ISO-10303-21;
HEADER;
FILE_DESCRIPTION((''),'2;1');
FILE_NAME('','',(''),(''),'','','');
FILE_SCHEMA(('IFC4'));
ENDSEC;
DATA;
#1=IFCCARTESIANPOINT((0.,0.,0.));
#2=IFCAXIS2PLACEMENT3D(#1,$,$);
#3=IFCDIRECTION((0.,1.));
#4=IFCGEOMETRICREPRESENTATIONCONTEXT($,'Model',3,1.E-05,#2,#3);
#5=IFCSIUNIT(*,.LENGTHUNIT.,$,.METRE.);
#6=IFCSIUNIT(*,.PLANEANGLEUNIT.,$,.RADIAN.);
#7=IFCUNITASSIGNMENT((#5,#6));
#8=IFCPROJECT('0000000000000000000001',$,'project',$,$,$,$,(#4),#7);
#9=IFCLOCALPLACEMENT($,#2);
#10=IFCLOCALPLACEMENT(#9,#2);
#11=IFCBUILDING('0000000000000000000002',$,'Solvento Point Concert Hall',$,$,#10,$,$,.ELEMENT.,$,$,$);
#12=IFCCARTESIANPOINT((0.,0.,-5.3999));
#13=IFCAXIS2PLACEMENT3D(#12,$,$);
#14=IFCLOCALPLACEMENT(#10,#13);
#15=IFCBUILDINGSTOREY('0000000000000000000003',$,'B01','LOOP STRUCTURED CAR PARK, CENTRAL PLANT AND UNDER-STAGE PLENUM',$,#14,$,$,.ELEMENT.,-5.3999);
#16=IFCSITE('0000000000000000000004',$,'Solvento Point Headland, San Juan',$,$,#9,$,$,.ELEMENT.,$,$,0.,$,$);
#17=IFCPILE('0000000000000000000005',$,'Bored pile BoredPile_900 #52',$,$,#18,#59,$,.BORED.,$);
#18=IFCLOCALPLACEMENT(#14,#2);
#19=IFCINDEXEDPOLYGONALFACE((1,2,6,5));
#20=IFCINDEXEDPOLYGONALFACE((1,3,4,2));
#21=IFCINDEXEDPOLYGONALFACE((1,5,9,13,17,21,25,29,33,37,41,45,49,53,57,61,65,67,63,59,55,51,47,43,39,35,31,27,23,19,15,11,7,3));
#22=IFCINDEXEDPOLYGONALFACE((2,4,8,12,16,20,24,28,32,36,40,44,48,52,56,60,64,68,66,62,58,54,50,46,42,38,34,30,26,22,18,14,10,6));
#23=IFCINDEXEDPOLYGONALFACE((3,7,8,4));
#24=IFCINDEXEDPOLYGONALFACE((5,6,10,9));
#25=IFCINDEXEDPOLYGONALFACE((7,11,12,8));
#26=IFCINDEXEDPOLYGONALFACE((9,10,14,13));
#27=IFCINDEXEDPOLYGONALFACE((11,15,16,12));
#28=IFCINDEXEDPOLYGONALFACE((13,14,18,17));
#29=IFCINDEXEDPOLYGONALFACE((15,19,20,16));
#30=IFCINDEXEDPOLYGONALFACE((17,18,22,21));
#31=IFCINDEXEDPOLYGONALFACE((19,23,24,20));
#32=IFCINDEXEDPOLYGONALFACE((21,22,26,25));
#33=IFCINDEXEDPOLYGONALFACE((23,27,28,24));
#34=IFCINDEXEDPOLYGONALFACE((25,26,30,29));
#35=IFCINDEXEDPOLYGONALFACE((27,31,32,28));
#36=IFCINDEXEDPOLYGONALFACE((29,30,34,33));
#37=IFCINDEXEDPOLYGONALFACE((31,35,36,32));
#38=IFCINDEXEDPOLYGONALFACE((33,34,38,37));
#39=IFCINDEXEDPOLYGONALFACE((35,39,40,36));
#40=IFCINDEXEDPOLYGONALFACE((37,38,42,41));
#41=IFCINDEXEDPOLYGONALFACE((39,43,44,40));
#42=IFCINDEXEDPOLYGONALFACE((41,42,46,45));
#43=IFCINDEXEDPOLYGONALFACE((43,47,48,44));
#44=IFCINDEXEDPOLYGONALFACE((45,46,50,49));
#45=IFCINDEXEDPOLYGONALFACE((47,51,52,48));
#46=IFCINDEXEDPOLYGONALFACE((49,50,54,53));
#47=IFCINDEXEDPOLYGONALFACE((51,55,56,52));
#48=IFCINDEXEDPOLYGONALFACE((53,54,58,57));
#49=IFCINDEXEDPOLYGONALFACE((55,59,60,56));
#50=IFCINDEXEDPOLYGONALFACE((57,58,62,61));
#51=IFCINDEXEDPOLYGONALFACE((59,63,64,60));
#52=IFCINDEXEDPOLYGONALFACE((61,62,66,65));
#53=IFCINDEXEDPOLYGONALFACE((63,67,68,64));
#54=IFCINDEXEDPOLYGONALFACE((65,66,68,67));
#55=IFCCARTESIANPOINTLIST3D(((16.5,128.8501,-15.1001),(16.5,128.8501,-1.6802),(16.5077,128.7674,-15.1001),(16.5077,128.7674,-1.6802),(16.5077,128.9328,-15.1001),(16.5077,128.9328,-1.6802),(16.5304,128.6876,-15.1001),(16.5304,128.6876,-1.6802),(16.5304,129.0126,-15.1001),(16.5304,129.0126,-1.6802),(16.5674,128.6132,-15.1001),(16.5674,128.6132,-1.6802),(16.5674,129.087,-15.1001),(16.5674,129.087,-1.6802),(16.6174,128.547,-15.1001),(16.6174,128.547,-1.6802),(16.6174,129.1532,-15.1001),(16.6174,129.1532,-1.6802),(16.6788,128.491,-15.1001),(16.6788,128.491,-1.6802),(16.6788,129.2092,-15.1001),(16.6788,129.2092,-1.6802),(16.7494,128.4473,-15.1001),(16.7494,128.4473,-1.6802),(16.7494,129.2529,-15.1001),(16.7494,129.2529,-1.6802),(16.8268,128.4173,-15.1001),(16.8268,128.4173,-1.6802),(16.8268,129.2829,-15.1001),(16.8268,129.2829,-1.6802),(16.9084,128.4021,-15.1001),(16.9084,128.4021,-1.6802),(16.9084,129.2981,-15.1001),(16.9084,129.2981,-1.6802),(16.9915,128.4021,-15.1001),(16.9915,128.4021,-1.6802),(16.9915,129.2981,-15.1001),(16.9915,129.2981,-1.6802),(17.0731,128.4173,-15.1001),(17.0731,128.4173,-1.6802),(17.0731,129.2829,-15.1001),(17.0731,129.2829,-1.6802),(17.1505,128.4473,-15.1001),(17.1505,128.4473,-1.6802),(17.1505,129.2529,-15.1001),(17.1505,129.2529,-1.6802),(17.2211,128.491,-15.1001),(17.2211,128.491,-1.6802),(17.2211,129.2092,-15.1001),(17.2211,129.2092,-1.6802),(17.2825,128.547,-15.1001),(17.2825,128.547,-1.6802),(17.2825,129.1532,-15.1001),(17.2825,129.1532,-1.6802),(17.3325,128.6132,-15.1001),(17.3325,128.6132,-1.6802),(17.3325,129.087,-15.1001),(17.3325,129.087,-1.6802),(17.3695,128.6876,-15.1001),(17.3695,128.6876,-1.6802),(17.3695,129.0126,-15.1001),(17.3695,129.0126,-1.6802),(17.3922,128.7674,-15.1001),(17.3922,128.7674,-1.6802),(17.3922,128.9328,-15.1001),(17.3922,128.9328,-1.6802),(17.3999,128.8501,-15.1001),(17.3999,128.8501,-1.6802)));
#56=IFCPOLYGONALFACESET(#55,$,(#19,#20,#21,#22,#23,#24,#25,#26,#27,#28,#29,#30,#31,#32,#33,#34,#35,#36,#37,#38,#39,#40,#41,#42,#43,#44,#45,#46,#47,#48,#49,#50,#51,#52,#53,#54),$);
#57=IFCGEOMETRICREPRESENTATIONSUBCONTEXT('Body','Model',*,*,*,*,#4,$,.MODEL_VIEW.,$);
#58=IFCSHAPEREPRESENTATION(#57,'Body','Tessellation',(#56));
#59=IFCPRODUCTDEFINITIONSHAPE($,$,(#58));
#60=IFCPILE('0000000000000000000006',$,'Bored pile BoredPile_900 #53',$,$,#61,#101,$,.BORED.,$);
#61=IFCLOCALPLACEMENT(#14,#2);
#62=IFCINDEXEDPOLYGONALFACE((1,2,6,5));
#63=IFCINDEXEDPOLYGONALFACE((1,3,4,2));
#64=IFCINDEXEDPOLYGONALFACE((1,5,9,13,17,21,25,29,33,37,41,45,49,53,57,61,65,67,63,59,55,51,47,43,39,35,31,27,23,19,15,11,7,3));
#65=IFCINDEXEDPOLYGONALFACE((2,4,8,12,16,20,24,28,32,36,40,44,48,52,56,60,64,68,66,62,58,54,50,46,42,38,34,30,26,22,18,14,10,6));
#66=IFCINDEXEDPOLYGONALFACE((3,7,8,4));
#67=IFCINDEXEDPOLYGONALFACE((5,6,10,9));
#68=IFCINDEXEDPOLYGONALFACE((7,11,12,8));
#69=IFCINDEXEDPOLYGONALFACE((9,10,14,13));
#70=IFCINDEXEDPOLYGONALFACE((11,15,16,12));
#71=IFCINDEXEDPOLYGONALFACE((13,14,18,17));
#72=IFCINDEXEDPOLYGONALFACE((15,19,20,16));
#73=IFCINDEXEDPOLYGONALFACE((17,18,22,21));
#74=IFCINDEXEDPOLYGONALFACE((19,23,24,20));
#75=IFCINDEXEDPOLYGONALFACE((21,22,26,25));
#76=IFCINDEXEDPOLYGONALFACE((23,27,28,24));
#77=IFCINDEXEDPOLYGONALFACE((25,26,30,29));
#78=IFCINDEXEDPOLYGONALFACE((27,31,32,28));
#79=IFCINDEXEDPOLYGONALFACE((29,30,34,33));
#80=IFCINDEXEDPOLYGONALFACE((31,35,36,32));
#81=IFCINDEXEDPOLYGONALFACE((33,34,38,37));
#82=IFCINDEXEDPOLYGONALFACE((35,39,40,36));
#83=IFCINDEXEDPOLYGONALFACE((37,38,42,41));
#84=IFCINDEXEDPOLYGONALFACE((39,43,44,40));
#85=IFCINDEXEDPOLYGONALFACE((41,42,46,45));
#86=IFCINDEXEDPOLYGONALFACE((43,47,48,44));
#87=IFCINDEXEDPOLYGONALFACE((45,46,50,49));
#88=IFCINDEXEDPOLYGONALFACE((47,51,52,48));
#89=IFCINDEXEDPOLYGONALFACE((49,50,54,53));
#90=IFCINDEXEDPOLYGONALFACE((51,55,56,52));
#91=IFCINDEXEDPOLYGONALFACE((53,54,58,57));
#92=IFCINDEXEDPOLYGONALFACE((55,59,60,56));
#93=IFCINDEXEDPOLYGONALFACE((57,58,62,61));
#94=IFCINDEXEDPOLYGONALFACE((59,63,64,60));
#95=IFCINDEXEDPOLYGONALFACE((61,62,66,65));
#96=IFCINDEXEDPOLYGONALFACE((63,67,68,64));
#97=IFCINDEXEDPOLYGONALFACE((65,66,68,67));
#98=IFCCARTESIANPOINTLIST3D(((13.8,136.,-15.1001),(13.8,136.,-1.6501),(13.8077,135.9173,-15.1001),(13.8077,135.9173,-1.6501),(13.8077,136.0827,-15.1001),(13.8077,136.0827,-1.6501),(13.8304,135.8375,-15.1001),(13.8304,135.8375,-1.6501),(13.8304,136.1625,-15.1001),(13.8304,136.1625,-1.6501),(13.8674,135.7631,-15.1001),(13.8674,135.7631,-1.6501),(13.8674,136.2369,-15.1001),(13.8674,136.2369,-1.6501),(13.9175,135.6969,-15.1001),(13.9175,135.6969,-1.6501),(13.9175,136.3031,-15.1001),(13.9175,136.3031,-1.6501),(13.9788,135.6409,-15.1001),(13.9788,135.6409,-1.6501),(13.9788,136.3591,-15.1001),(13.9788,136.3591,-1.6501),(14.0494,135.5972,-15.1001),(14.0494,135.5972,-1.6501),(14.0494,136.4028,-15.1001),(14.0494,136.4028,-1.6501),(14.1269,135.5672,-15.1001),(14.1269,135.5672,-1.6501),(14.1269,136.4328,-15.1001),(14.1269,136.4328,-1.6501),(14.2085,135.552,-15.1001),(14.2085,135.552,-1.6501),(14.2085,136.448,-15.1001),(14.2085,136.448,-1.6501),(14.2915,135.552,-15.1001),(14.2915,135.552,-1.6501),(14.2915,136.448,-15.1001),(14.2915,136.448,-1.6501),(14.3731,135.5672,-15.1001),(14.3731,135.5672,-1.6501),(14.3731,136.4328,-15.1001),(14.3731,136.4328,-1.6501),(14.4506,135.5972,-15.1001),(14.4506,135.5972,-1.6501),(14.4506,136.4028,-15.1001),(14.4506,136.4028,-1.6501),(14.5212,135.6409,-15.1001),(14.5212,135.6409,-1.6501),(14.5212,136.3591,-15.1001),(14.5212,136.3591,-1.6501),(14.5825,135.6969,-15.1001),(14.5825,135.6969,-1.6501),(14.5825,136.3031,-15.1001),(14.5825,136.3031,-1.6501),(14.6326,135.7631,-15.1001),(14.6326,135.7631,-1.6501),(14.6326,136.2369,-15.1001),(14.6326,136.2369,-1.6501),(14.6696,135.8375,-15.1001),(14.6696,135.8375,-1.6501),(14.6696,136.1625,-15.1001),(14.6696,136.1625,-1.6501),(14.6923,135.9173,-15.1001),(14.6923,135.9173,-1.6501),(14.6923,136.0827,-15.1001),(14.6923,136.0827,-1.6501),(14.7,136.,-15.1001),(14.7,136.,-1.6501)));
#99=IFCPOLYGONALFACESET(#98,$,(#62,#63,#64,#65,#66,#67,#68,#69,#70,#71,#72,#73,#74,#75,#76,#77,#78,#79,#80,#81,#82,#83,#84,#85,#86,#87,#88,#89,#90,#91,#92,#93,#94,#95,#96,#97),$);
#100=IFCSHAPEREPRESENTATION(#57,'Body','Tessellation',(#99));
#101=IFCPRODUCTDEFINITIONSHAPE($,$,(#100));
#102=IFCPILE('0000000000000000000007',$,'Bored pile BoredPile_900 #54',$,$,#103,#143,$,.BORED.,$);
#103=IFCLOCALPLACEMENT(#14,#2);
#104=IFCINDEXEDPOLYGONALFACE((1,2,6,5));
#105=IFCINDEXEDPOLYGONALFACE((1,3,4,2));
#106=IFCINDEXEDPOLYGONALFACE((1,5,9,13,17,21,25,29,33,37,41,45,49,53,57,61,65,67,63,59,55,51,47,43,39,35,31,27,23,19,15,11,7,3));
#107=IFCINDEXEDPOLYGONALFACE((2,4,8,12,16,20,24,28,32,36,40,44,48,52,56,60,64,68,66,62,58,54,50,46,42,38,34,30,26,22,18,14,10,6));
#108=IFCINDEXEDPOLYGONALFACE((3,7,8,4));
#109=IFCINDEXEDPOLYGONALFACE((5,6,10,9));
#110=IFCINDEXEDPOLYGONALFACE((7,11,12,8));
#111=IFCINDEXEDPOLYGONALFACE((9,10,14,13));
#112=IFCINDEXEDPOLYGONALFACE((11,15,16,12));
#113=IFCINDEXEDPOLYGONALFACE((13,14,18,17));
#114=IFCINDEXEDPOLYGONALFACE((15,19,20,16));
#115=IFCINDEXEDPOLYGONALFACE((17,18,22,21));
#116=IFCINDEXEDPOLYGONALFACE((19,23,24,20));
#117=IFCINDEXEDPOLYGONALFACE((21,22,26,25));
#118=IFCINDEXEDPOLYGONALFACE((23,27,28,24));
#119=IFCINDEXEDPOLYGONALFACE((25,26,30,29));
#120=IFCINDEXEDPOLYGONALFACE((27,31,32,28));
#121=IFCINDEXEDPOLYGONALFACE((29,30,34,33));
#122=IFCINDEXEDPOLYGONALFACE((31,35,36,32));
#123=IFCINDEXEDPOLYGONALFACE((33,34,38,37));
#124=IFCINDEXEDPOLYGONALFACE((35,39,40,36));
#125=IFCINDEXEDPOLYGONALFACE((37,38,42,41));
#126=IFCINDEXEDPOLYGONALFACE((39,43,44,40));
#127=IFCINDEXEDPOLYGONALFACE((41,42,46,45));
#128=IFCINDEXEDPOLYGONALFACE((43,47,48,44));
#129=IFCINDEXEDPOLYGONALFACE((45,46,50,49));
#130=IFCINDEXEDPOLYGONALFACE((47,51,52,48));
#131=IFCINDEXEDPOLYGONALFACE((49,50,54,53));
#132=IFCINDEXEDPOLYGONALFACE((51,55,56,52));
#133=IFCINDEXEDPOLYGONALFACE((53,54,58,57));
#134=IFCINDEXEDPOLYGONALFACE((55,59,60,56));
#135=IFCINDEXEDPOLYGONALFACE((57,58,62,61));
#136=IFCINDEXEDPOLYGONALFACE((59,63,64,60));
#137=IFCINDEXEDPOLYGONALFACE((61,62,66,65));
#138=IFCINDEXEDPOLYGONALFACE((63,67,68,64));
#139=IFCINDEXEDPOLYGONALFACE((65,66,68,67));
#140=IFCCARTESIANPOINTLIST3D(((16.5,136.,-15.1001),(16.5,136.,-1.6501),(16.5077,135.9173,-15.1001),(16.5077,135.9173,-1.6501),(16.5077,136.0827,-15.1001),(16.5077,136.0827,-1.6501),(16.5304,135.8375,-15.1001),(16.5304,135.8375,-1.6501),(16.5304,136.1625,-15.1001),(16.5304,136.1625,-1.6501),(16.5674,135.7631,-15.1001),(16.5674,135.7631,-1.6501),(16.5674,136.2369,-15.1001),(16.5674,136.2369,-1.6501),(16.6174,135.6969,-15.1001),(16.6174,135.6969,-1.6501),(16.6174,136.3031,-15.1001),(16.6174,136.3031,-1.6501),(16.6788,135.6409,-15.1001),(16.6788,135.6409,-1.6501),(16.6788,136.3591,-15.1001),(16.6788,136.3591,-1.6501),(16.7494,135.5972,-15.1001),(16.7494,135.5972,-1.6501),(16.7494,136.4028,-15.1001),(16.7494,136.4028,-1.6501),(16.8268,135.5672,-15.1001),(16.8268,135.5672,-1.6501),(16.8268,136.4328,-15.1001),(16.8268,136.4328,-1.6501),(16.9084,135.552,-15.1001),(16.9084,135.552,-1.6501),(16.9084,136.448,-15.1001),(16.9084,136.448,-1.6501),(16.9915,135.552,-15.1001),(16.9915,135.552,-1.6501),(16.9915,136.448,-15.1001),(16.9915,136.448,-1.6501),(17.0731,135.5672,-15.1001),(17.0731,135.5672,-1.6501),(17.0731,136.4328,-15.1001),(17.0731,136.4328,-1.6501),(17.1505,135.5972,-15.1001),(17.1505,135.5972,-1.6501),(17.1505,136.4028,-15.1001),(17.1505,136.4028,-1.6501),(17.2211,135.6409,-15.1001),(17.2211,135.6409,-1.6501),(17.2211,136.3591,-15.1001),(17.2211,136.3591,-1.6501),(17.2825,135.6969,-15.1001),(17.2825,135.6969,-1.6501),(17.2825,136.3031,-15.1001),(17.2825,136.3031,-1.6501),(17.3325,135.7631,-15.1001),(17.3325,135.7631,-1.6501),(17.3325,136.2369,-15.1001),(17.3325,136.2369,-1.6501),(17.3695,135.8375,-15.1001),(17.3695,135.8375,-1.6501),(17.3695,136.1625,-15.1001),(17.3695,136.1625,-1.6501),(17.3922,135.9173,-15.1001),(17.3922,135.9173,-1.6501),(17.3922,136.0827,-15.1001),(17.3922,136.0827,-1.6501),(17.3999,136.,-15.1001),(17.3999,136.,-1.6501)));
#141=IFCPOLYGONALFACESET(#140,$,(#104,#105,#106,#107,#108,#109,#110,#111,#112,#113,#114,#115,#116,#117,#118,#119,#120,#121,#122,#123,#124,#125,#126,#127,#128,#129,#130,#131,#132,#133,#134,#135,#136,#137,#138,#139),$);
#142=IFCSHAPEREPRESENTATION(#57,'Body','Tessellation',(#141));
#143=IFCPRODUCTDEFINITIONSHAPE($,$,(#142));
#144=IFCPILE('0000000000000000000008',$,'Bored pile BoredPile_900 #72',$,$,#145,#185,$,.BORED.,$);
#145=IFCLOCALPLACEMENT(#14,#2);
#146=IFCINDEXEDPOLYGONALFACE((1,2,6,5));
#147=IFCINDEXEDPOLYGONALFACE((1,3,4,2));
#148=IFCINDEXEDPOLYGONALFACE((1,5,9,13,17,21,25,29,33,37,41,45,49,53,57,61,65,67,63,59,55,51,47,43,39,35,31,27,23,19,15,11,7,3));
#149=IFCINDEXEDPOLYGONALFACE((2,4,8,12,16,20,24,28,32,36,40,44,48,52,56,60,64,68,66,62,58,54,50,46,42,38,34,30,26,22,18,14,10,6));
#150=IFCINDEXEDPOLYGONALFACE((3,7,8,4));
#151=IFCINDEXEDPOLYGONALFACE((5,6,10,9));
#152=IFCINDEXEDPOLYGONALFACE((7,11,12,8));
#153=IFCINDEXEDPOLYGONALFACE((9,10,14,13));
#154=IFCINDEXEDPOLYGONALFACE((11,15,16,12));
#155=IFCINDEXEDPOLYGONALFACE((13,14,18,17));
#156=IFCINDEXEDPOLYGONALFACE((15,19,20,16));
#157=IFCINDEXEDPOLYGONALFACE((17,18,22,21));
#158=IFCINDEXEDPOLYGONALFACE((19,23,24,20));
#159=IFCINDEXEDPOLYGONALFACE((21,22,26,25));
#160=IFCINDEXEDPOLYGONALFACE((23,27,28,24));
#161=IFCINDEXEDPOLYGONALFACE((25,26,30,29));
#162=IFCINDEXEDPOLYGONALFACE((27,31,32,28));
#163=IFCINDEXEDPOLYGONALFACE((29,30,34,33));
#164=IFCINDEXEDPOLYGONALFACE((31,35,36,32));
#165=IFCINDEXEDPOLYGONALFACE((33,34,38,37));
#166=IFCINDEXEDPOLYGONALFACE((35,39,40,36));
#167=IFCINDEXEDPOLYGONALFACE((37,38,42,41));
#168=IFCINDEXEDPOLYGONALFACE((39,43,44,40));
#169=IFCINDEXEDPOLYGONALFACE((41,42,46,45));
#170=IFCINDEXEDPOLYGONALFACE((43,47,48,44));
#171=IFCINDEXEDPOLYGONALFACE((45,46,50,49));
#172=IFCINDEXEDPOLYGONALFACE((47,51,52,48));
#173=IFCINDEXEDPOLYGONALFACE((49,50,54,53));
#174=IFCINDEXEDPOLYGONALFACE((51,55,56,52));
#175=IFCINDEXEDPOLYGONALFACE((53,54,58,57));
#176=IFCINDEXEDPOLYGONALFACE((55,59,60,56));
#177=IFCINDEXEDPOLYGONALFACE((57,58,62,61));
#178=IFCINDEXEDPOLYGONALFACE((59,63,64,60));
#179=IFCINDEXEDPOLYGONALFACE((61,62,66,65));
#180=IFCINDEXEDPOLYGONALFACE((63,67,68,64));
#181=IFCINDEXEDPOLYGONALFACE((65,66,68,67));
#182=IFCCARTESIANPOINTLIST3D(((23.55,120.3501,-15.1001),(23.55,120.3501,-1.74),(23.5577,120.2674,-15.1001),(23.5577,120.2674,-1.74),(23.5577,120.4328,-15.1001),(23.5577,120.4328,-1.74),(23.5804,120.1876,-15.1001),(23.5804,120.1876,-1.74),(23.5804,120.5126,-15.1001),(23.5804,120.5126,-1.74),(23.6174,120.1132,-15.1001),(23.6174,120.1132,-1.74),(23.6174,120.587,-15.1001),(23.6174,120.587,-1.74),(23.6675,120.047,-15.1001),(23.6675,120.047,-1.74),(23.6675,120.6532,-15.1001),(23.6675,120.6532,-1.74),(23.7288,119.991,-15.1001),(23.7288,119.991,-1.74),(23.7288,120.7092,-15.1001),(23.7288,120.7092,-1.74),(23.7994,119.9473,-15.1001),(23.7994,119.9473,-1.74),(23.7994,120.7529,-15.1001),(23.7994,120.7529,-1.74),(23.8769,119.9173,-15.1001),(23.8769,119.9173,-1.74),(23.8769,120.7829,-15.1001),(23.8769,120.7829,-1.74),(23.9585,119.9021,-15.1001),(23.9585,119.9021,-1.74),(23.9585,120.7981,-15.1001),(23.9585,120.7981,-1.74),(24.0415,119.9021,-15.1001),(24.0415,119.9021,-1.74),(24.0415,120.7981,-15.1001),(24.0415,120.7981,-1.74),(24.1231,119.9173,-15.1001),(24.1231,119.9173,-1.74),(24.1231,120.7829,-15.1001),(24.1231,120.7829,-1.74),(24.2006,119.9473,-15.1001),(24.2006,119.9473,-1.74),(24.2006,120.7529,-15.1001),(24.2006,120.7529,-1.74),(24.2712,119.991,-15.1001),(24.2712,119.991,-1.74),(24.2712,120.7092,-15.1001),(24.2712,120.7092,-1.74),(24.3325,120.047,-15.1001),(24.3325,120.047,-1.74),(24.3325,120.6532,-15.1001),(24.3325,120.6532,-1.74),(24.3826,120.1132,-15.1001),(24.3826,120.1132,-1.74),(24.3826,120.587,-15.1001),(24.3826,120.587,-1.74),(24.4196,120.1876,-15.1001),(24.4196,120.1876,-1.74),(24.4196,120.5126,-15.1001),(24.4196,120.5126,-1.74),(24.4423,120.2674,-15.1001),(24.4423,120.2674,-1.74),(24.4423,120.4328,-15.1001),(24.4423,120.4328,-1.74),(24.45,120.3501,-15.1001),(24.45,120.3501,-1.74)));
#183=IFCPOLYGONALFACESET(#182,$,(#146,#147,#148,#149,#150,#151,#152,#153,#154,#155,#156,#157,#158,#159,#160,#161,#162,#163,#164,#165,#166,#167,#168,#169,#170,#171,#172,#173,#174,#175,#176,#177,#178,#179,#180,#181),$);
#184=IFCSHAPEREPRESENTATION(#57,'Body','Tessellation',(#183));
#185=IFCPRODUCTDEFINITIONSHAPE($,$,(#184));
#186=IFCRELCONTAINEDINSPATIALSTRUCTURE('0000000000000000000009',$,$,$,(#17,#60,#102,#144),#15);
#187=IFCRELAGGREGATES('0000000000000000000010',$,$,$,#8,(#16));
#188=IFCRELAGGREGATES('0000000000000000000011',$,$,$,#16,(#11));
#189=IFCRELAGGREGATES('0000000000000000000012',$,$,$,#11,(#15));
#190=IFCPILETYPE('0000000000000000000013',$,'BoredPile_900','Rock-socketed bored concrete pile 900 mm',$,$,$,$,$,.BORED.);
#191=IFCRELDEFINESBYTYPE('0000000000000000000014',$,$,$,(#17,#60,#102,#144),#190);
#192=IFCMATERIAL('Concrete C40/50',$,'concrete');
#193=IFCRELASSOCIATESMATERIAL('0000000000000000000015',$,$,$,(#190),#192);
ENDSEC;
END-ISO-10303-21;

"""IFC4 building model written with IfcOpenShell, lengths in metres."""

from ifc_helpers import new_model, si_unit, direction, frame, origin, origin_2d, place, context, subcontext, project, spatial, circle, extrude, material, material_profile, profile_set, type_object, element, save


model = new_model("IFC4")

# Units and contexts
model_context = context("Model", 3, precision=1e-05, world=origin(), true_north=direction((0.0, 1.0)))
body_context = subcontext(model_context, "Body", "Model", "MODEL_VIEW")
ifc_project = project(units=[si_unit("LENGTHUNIT", "METRE"), si_unit("PLANEANGLEUNIT", "RADIAN")], contexts=[model_context])

# Site, building, storey
site_placement = place(None, origin())
site = spatial("IfcSite", under=ifc_project, at=site_placement, Name="Solvento Point Headland, San Juan", CompositionType="ELEMENT", RefElevation=0.0)
building_placement = place(site_placement, origin())
building = spatial("IfcBuilding", under=site, at=building_placement, Name="Solvento Point Concert Hall", CompositionType="ELEMENT")
storey_placement = place(building_placement, frame((0.0, 0.0, -5.3999)))
storey = spatial("IfcBuildingStorey", under=building, at=storey_placement, Name="B01", Description="LOOP STRUCTURED CAR PARK, CENTRAL PLANT AND UNDER-STAGE PLENUM", CompositionType="ELEMENT", Elevation=-5.3999)

# Piles
ifc_material_1 = material(Name="Concrete C40/50", Category="concrete")
ifc_material_profile_1 = material_profile(ifc_material_1, circle(Radius=0.45, at=origin_2d()), Name="BP-900")
ifc_profile_set_1 = profile_set([ifc_material_profile_1], Name="Concrete C40/50")
pile_type = type_object("IfcPileType", Name="BoredPile_900", Description="Rock-socketed bored concrete pile 900 mm", PredefinedType="BORED", material=ifc_profile_set_1)
for number, where, z_axis, x_axis, name in (
    (1, (16.95, 128.8501, -1.6802), (0.0, 0.0, -1.0), (1.0, 0.0, 0.0), "Bored pile BoredPile_900 #52"),
):
    element("IfcPile", number, at=place(storey_placement, frame(where, z_axis=z_axis, x_axis=x_axis)), inside=storey, type_object=pile_type, Name=name, PredefinedType="BORED", context=body_context, shape_type="SweptSolid", body=[
        extrude(circle(Radius=0.45, at=origin_2d()), origin(), (0.0, 0.0, 1.0), 13.4199),
    ])
for number, where, z_axis, x_axis, name in (
    (2, (14.25, 136.0, -1.6501), (0.0, 0.0, -1.0), (1.0, 0.0, 0.0), "Bored pile BoredPile_900 #53"),
    (3, (16.95, 136.0, -1.6501), (0.0, 0.0, -1.0), (1.0, 0.0, 0.0), "Bored pile BoredPile_900 #54"),
):
    element("IfcPile", number, at=place(storey_placement, frame(where, z_axis=z_axis, x_axis=x_axis)), inside=storey, type_object=pile_type, Name=name, PredefinedType="BORED", context=body_context, shape_type="SweptSolid", body=[
        extrude(circle(Radius=0.45, at=origin_2d()), origin(), (0.0, 0.0, 1.0), 13.45),
    ])
pile_1_placement = place(storey_placement, frame((24.0, 120.3501, -1.74), z_axis=(0.0, 0.0, -1.0), x_axis=(1.0, 0.0, 0.0)))
element("IfcPile", 4, at=pile_1_placement, inside=storey, type_object=pile_type, Name="Bored pile BoredPile_900 #72", PredefinedType="BORED", context=body_context, shape_type="SweptSolid", body=[
    extrude(circle(Radius=0.45, at=origin_2d()), origin(), (0.0, 0.0, 1.0), 13.3601),
])

save(model, "model.ifc")
